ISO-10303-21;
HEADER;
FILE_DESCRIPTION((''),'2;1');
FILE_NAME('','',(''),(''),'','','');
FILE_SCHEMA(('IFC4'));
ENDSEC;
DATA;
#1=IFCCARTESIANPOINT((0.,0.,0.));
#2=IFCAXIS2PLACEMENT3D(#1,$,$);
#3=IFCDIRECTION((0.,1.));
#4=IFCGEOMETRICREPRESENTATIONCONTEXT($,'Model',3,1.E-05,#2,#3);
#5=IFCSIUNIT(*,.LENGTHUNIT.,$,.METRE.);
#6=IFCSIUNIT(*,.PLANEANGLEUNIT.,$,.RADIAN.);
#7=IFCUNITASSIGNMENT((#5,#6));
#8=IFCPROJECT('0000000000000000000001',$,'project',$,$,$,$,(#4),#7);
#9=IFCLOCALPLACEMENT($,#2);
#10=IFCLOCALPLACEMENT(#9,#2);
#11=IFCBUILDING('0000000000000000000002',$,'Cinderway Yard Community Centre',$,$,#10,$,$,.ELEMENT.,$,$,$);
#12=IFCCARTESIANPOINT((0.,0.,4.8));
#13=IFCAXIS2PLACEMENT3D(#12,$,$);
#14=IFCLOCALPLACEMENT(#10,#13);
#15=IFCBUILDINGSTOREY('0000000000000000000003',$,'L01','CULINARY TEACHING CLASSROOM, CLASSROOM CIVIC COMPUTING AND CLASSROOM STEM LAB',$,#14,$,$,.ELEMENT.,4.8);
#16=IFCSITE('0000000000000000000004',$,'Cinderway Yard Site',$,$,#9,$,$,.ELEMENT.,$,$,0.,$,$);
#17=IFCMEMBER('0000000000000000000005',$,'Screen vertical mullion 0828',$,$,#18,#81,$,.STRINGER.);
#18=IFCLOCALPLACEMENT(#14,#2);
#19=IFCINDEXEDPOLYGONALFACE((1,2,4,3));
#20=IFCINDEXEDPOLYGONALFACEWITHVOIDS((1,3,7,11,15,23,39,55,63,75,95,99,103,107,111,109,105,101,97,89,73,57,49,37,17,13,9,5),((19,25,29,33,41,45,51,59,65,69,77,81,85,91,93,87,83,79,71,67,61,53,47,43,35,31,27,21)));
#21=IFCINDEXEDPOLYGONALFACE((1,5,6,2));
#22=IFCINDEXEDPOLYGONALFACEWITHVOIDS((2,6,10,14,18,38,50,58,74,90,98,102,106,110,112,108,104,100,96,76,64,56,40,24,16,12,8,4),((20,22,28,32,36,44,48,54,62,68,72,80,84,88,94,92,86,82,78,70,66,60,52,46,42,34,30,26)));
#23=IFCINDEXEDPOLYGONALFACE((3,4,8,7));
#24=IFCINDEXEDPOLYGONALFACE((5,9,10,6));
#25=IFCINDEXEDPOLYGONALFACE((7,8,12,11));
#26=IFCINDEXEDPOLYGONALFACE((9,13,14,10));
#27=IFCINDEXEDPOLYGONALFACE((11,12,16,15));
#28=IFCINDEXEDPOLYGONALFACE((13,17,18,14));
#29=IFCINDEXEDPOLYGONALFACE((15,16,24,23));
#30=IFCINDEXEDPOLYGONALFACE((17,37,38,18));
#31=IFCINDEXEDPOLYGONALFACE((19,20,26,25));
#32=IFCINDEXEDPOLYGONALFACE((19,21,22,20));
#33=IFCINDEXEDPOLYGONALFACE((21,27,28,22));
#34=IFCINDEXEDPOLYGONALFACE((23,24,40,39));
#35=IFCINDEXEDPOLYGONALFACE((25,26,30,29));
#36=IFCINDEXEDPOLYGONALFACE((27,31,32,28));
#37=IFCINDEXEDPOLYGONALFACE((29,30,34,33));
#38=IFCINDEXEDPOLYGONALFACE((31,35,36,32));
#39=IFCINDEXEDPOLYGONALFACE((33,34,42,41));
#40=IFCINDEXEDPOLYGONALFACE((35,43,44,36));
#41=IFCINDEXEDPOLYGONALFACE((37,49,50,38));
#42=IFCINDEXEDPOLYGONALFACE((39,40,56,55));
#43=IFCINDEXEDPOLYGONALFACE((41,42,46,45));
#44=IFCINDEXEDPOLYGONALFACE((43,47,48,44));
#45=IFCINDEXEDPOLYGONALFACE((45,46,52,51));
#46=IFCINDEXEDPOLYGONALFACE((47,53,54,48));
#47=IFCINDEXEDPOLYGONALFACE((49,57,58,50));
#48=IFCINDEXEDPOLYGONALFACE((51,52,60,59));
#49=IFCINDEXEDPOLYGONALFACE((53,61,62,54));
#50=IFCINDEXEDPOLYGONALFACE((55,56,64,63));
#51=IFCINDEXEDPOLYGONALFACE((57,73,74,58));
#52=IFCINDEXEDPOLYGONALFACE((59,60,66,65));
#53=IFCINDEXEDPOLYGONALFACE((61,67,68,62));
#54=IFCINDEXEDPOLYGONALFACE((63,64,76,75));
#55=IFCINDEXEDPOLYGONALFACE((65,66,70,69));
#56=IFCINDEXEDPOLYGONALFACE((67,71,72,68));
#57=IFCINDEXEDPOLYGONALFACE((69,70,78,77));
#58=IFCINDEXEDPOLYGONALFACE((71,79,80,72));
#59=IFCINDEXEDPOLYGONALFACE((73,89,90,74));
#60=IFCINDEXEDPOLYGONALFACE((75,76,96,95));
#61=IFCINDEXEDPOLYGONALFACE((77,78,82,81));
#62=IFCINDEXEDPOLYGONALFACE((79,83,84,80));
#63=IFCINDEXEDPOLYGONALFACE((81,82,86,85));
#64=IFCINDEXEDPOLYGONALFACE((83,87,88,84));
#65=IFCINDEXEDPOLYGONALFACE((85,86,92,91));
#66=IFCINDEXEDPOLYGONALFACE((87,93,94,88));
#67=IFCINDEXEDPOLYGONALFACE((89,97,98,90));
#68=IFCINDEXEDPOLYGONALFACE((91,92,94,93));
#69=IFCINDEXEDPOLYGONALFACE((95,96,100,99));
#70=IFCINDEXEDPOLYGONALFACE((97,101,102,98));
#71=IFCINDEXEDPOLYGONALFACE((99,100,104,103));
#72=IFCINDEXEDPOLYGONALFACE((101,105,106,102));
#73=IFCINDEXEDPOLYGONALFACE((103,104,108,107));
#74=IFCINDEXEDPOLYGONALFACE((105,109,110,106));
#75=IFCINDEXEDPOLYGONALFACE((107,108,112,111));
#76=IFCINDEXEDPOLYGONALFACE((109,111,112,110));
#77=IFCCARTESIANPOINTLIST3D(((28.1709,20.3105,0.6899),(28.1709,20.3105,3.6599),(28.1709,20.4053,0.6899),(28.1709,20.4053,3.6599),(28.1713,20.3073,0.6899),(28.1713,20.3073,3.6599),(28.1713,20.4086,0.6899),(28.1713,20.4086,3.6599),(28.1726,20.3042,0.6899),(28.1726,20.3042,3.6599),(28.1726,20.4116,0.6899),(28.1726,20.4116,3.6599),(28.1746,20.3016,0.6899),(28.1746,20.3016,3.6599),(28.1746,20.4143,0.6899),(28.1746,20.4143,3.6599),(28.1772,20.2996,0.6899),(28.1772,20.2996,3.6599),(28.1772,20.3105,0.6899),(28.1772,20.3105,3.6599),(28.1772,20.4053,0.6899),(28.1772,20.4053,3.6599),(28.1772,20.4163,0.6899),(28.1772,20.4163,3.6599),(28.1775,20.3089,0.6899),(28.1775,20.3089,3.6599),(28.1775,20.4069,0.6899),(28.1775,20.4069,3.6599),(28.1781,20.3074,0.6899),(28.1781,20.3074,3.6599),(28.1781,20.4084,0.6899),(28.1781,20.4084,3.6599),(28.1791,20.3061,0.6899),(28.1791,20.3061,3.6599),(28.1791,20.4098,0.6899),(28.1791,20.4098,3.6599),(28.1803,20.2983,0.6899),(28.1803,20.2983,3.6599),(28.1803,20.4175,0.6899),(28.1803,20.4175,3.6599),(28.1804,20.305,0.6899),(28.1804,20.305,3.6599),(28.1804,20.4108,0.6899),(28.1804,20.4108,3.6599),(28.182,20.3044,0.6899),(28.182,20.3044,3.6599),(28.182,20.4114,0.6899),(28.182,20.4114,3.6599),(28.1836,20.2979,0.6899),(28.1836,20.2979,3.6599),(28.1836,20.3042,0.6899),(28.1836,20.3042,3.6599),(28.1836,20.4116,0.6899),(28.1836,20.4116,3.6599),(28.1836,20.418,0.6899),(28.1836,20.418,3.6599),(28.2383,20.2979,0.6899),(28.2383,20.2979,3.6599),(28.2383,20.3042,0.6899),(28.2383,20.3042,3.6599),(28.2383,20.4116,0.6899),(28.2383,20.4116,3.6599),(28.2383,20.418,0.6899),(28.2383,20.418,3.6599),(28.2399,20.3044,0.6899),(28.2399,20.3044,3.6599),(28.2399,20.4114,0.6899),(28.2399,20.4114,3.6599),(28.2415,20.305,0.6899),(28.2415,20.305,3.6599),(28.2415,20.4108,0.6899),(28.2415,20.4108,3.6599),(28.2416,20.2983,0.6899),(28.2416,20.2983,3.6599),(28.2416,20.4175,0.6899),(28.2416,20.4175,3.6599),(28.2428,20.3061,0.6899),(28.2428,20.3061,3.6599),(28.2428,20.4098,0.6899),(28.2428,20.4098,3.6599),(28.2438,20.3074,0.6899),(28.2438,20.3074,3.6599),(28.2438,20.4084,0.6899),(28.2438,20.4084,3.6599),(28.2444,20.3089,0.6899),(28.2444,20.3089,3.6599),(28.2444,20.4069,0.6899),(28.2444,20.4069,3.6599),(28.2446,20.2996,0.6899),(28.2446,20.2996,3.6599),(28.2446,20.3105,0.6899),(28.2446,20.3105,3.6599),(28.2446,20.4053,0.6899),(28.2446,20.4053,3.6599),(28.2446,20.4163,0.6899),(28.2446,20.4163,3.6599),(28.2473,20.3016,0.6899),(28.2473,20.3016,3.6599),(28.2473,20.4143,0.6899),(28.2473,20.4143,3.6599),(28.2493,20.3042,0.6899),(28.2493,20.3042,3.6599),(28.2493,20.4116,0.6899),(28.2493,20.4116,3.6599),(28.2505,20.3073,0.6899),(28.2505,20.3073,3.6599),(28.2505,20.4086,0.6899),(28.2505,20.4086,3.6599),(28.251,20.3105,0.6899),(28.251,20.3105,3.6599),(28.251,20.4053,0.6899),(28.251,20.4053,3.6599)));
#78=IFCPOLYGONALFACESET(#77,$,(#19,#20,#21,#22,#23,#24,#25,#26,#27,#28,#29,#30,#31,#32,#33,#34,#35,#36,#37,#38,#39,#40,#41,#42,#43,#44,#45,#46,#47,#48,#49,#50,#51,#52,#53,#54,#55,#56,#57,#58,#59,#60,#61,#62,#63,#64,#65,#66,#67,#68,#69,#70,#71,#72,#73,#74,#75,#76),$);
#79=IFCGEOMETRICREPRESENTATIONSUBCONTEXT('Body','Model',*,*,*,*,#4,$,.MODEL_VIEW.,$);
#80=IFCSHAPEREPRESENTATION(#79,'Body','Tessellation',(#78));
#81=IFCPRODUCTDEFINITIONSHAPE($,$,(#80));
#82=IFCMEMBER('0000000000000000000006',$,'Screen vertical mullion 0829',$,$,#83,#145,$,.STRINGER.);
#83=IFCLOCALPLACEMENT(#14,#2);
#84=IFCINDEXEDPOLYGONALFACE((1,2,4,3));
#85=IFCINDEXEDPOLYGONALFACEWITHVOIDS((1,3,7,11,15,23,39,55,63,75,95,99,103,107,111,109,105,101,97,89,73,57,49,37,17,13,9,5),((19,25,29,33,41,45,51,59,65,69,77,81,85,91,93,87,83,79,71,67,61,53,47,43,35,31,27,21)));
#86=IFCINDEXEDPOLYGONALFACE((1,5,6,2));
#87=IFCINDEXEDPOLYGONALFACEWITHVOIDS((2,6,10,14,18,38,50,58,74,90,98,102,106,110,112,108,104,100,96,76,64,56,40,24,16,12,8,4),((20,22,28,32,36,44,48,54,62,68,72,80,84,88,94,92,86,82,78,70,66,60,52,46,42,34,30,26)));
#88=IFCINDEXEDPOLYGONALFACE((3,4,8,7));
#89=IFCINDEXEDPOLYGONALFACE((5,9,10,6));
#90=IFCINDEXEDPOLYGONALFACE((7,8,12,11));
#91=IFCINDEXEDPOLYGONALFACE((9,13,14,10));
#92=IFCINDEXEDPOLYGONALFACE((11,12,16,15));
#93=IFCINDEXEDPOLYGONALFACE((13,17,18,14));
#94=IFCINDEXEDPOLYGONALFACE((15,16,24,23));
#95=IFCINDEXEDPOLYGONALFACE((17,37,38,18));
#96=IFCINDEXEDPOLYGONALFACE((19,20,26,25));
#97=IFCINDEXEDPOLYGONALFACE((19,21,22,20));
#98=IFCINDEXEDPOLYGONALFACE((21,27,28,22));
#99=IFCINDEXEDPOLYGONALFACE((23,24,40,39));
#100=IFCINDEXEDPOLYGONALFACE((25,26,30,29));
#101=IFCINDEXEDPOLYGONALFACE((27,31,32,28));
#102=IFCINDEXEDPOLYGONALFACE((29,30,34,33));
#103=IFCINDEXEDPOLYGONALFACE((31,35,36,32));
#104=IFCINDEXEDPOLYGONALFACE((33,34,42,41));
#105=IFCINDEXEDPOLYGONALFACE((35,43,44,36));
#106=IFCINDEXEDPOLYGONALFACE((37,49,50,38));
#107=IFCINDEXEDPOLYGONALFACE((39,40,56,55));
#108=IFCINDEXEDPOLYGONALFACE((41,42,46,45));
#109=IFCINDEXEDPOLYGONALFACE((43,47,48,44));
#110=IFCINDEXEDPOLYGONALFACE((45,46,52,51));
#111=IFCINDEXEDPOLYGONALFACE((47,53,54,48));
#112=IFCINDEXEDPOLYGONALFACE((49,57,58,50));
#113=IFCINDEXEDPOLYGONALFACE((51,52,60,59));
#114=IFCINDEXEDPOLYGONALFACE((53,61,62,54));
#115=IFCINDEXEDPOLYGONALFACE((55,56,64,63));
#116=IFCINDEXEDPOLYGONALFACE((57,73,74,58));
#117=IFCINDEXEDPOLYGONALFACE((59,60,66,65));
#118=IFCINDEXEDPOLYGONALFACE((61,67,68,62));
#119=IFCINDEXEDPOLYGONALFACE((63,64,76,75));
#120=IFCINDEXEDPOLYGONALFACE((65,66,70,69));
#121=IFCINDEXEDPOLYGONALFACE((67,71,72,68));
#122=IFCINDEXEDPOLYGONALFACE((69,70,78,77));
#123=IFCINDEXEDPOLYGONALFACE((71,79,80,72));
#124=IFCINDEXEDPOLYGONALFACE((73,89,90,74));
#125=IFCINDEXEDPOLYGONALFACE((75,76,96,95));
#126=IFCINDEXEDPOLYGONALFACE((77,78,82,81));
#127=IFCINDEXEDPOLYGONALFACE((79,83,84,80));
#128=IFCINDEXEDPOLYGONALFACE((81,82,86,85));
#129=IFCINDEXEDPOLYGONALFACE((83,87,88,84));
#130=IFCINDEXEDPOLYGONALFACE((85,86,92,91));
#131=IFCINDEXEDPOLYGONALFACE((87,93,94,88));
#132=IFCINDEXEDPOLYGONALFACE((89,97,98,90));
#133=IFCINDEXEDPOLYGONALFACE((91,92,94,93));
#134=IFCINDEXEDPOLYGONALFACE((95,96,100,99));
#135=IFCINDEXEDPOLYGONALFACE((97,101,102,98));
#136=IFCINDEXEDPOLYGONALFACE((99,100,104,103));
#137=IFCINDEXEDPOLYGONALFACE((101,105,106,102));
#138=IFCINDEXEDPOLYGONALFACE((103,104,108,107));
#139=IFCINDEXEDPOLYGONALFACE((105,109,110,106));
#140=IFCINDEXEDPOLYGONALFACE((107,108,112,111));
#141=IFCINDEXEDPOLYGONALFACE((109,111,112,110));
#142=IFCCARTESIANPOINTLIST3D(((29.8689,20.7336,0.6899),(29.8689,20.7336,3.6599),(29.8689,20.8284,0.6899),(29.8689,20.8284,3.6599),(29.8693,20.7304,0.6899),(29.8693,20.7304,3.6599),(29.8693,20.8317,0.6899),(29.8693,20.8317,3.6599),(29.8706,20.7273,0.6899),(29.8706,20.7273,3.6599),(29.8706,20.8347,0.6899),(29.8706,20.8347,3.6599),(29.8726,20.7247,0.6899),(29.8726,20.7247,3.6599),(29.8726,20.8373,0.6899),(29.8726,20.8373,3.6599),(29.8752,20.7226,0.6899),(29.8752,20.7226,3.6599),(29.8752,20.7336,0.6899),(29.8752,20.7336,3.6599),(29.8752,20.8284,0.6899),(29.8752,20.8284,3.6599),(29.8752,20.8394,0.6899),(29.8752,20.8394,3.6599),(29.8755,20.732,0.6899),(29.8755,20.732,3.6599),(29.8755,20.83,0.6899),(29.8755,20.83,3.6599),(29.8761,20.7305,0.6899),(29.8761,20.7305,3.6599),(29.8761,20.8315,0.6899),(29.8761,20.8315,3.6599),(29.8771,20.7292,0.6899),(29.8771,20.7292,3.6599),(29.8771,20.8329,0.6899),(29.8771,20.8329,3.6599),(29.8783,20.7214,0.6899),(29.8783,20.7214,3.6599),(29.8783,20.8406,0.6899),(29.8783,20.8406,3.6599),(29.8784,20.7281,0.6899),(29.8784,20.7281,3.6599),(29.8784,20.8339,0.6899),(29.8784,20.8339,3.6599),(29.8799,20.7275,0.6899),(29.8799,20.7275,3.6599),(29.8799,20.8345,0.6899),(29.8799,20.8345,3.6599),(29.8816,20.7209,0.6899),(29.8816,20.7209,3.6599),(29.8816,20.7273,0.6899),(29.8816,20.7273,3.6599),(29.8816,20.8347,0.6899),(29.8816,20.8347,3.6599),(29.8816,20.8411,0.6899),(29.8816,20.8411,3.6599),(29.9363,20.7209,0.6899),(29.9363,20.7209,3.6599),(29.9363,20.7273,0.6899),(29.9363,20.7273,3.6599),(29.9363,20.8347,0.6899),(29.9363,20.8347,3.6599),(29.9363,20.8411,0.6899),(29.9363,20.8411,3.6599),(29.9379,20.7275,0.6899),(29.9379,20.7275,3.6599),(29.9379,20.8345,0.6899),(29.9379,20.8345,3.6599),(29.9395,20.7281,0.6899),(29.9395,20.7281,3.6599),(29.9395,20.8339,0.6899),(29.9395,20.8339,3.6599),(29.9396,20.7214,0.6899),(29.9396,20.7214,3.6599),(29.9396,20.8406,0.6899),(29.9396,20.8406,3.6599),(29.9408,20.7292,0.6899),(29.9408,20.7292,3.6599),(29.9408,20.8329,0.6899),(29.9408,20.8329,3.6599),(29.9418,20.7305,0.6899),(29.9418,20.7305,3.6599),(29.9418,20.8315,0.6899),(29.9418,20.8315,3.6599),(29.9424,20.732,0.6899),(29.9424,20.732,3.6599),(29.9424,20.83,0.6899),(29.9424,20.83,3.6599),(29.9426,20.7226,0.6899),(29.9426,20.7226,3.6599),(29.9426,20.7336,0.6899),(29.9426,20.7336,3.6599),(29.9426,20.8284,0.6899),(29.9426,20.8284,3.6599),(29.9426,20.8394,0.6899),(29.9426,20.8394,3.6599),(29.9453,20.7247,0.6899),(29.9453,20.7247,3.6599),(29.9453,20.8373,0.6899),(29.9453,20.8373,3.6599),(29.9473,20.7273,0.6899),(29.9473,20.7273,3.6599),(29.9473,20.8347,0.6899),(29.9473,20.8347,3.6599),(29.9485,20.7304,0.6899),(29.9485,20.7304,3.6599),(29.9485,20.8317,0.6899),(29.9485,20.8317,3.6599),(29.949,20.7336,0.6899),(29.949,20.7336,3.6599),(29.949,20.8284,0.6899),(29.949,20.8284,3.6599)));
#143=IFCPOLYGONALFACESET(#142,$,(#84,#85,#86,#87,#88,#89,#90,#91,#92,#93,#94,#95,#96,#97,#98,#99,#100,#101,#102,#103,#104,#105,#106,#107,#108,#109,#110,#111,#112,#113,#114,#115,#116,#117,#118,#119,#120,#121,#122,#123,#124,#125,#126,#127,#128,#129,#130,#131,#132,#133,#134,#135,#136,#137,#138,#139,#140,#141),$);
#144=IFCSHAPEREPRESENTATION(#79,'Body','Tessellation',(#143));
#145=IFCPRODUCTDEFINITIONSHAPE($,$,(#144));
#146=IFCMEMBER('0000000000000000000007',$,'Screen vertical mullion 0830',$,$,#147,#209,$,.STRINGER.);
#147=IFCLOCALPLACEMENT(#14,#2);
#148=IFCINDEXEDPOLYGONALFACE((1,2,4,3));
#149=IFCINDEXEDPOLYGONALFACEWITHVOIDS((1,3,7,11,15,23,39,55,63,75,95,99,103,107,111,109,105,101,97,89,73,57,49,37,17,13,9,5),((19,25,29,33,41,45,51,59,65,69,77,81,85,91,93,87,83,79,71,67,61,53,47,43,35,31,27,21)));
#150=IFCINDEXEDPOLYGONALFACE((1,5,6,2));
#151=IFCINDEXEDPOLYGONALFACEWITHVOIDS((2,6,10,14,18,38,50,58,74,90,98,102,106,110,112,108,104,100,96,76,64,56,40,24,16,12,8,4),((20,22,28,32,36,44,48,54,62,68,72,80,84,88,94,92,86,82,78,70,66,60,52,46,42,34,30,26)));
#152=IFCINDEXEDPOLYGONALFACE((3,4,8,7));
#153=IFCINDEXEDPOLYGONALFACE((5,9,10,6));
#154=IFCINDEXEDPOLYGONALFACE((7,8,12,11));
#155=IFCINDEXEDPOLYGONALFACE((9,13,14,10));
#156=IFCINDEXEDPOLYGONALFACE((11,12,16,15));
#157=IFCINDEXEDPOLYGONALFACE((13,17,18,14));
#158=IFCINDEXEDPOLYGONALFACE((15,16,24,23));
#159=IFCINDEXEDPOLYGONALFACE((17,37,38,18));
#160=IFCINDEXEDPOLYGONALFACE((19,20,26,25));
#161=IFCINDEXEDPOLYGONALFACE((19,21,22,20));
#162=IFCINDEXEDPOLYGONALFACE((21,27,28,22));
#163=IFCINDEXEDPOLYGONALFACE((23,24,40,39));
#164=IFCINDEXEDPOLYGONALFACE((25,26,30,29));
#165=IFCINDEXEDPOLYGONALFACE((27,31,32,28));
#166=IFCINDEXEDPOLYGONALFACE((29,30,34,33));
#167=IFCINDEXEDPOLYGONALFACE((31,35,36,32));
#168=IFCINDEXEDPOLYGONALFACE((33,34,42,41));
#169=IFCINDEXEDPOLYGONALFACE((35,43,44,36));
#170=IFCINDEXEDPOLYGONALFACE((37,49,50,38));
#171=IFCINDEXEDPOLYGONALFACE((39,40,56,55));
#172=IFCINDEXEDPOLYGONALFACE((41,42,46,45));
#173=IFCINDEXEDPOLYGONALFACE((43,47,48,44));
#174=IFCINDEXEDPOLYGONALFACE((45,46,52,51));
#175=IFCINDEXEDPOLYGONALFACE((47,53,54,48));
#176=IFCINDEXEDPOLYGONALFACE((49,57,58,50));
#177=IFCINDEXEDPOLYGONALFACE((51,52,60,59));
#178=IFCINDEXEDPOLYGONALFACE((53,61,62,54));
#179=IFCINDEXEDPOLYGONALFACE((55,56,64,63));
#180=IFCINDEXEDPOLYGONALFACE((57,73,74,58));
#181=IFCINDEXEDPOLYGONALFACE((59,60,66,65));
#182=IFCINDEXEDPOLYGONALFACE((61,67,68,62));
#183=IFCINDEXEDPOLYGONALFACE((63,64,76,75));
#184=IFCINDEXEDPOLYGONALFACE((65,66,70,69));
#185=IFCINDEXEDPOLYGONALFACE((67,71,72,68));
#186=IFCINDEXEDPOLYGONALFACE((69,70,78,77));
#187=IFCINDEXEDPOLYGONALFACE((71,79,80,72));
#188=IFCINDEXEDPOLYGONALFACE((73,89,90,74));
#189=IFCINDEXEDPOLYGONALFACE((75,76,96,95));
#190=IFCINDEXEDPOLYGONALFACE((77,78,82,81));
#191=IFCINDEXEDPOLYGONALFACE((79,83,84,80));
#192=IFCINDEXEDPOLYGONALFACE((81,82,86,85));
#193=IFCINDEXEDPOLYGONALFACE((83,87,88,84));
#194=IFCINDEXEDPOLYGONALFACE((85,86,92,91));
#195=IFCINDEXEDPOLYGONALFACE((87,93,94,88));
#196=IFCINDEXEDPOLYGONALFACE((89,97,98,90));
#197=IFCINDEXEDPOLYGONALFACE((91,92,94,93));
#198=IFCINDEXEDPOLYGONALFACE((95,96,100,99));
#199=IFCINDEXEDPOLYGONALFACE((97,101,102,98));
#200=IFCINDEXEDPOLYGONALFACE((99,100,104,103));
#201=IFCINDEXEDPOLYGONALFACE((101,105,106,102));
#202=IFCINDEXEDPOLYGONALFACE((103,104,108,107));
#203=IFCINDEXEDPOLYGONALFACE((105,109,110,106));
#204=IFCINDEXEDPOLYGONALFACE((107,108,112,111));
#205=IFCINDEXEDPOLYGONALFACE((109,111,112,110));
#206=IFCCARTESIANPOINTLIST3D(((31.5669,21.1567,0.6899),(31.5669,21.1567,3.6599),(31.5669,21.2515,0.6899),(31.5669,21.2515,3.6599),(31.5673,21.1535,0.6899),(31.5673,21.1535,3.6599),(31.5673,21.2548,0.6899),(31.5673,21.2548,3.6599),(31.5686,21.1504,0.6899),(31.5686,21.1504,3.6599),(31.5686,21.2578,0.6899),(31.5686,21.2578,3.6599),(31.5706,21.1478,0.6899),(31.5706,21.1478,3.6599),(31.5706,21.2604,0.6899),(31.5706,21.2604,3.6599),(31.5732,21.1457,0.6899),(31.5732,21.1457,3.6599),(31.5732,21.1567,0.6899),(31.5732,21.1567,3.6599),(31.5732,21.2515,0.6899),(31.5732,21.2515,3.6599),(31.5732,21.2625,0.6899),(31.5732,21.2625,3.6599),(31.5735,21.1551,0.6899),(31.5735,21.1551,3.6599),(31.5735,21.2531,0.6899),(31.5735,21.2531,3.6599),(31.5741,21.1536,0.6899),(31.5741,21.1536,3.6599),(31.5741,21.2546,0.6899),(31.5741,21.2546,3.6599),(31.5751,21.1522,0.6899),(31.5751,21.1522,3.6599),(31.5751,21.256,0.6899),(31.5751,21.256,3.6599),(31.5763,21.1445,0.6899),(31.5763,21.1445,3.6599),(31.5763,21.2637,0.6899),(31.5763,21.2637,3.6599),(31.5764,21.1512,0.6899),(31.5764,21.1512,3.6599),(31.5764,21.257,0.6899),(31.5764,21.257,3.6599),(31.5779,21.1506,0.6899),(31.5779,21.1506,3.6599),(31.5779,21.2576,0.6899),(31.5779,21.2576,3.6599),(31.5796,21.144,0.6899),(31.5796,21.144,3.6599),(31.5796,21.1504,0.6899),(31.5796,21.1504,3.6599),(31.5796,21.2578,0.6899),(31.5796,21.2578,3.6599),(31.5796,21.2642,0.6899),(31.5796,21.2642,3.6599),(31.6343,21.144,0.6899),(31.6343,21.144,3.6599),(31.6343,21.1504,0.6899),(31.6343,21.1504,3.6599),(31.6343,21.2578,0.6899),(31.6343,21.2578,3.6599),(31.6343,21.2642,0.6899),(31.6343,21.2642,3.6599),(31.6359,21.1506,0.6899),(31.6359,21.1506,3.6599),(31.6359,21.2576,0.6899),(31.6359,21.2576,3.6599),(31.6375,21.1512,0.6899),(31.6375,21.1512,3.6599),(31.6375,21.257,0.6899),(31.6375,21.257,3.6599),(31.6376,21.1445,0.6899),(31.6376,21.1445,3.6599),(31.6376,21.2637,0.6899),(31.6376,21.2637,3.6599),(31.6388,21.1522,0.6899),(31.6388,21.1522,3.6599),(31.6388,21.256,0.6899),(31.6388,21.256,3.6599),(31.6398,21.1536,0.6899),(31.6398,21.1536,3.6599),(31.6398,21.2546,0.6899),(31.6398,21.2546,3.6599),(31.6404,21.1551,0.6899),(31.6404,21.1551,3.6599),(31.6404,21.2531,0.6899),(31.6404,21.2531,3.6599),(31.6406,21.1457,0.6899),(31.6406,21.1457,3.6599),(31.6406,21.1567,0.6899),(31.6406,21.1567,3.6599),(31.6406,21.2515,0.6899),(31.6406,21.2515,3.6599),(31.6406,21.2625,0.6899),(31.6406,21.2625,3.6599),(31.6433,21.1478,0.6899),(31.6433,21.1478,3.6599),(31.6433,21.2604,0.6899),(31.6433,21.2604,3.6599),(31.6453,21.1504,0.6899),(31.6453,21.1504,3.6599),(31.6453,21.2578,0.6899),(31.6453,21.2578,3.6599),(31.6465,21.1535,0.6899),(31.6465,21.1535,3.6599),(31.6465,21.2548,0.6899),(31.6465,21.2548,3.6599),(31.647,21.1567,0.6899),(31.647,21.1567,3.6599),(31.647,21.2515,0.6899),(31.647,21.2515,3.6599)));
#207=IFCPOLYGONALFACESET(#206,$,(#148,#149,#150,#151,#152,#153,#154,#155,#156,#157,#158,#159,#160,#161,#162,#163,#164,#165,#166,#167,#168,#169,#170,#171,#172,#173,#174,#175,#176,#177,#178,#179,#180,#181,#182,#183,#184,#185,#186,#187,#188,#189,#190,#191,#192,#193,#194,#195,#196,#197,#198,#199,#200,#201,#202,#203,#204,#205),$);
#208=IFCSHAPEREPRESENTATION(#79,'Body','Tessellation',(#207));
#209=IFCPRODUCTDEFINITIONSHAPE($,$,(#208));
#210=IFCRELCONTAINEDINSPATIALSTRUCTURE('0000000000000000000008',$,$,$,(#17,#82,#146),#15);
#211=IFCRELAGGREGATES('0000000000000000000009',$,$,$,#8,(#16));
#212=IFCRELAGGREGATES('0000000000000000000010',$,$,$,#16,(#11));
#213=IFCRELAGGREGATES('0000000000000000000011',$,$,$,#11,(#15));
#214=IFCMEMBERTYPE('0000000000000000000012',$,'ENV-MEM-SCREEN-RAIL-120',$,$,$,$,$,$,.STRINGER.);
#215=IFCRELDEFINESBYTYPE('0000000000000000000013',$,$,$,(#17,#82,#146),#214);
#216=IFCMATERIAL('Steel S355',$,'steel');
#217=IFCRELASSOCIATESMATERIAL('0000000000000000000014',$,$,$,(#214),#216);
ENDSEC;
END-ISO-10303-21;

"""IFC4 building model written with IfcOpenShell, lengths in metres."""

from ifc_helpers import new_model, si_unit, direction, frame, origin, origin_2d, place, context, subcontext, project, spatial, hollow_rectangle, extrude, material, material_profile, profile_set, type_object, element, save


model = new_model("IFC4")

# Units and contexts
model_context = context("Model", 3, precision=1e-05, world=origin(), true_north=direction((0.0, 1.0)))
body_context = subcontext(model_context, "Body", "Model", "MODEL_VIEW")
ifc_project = project(units=[si_unit("LENGTHUNIT", "METRE"), si_unit("PLANEANGLEUNIT", "RADIAN")], contexts=[model_context])

# Site, building, storey
site_placement = place(None, origin())
site = spatial("IfcSite", under=ifc_project, at=site_placement, Name="Cinderway Yard Site", CompositionType="ELEMENT", RefElevation=0.0)
building_placement = place(site_placement, origin())
building = spatial("IfcBuilding", under=site, at=building_placement, Name="Cinderway Yard Community Centre", CompositionType="ELEMENT")
storey_placement = place(building_placement, frame((0.0, 0.0, 4.8)))
storey = spatial("IfcBuildingStorey", under=building, at=storey_placement, Name="L01", Description="CULINARY TEACHING CLASSROOM, CLASSROOM CIVIC COMPUTING AND CLASSROOM STEM LAB", CompositionType="ELEMENT", Elevation=4.8)

# Members
ifc_material_1 = material(Name="Steel S355", Category="steel")
ifc_material_profile_1 = material_profile(ifc_material_1, hollow_rectangle(XDim=0.0801, YDim=0.1201, WallThickness=0.0063, InnerFilletRadius=0.0063, OuterFilletRadius=0.0127, at=origin_2d()), Name="Steel S355")
ifc_profile_set_1 = profile_set([ifc_material_profile_1], Name="Steel S355")
member_type_1 = type_object("IfcMemberType", Name="ENV-MEM-SCREEN-RAIL-120", PredefinedType="STRINGER", material=ifc_profile_set_1)
for number, where, z_axis, x_axis, name in (
    (1, (28.2109, 20.3579, 0.6899), (0.0, 0.0, 1.0), (1.0, 0.0, 0.0), "Screen vertical mullion 0828"),
    (2, (29.9089, 20.781, 0.6899), (0.0, 0.0, 1.0), (1.0, 0.0, 0.0), "Screen vertical mullion 0829"),
    (3, (31.6069, 21.2041, 0.6899), (0.0, 0.0, 1.0), (1.0, 0.0, 0.0), "Screen vertical mullion 0830"),
):
    element("IfcMember", number, at=place(storey_placement, frame(where, z_axis=z_axis, x_axis=x_axis)), inside=storey, type_object=member_type_1, Name=name, PredefinedType="STRINGER", context=body_context, shape_type="SweptSolid", body=[
        extrude(hollow_rectangle(XDim=0.0801, YDim=0.1201, WallThickness=0.0063, InnerFilletRadius=0.0063, OuterFilletRadius=0.0127, at=origin_2d()), origin(), (0.0, 0.0, 1.0), 2.97),
    ])

save(model, "model.ifc")
